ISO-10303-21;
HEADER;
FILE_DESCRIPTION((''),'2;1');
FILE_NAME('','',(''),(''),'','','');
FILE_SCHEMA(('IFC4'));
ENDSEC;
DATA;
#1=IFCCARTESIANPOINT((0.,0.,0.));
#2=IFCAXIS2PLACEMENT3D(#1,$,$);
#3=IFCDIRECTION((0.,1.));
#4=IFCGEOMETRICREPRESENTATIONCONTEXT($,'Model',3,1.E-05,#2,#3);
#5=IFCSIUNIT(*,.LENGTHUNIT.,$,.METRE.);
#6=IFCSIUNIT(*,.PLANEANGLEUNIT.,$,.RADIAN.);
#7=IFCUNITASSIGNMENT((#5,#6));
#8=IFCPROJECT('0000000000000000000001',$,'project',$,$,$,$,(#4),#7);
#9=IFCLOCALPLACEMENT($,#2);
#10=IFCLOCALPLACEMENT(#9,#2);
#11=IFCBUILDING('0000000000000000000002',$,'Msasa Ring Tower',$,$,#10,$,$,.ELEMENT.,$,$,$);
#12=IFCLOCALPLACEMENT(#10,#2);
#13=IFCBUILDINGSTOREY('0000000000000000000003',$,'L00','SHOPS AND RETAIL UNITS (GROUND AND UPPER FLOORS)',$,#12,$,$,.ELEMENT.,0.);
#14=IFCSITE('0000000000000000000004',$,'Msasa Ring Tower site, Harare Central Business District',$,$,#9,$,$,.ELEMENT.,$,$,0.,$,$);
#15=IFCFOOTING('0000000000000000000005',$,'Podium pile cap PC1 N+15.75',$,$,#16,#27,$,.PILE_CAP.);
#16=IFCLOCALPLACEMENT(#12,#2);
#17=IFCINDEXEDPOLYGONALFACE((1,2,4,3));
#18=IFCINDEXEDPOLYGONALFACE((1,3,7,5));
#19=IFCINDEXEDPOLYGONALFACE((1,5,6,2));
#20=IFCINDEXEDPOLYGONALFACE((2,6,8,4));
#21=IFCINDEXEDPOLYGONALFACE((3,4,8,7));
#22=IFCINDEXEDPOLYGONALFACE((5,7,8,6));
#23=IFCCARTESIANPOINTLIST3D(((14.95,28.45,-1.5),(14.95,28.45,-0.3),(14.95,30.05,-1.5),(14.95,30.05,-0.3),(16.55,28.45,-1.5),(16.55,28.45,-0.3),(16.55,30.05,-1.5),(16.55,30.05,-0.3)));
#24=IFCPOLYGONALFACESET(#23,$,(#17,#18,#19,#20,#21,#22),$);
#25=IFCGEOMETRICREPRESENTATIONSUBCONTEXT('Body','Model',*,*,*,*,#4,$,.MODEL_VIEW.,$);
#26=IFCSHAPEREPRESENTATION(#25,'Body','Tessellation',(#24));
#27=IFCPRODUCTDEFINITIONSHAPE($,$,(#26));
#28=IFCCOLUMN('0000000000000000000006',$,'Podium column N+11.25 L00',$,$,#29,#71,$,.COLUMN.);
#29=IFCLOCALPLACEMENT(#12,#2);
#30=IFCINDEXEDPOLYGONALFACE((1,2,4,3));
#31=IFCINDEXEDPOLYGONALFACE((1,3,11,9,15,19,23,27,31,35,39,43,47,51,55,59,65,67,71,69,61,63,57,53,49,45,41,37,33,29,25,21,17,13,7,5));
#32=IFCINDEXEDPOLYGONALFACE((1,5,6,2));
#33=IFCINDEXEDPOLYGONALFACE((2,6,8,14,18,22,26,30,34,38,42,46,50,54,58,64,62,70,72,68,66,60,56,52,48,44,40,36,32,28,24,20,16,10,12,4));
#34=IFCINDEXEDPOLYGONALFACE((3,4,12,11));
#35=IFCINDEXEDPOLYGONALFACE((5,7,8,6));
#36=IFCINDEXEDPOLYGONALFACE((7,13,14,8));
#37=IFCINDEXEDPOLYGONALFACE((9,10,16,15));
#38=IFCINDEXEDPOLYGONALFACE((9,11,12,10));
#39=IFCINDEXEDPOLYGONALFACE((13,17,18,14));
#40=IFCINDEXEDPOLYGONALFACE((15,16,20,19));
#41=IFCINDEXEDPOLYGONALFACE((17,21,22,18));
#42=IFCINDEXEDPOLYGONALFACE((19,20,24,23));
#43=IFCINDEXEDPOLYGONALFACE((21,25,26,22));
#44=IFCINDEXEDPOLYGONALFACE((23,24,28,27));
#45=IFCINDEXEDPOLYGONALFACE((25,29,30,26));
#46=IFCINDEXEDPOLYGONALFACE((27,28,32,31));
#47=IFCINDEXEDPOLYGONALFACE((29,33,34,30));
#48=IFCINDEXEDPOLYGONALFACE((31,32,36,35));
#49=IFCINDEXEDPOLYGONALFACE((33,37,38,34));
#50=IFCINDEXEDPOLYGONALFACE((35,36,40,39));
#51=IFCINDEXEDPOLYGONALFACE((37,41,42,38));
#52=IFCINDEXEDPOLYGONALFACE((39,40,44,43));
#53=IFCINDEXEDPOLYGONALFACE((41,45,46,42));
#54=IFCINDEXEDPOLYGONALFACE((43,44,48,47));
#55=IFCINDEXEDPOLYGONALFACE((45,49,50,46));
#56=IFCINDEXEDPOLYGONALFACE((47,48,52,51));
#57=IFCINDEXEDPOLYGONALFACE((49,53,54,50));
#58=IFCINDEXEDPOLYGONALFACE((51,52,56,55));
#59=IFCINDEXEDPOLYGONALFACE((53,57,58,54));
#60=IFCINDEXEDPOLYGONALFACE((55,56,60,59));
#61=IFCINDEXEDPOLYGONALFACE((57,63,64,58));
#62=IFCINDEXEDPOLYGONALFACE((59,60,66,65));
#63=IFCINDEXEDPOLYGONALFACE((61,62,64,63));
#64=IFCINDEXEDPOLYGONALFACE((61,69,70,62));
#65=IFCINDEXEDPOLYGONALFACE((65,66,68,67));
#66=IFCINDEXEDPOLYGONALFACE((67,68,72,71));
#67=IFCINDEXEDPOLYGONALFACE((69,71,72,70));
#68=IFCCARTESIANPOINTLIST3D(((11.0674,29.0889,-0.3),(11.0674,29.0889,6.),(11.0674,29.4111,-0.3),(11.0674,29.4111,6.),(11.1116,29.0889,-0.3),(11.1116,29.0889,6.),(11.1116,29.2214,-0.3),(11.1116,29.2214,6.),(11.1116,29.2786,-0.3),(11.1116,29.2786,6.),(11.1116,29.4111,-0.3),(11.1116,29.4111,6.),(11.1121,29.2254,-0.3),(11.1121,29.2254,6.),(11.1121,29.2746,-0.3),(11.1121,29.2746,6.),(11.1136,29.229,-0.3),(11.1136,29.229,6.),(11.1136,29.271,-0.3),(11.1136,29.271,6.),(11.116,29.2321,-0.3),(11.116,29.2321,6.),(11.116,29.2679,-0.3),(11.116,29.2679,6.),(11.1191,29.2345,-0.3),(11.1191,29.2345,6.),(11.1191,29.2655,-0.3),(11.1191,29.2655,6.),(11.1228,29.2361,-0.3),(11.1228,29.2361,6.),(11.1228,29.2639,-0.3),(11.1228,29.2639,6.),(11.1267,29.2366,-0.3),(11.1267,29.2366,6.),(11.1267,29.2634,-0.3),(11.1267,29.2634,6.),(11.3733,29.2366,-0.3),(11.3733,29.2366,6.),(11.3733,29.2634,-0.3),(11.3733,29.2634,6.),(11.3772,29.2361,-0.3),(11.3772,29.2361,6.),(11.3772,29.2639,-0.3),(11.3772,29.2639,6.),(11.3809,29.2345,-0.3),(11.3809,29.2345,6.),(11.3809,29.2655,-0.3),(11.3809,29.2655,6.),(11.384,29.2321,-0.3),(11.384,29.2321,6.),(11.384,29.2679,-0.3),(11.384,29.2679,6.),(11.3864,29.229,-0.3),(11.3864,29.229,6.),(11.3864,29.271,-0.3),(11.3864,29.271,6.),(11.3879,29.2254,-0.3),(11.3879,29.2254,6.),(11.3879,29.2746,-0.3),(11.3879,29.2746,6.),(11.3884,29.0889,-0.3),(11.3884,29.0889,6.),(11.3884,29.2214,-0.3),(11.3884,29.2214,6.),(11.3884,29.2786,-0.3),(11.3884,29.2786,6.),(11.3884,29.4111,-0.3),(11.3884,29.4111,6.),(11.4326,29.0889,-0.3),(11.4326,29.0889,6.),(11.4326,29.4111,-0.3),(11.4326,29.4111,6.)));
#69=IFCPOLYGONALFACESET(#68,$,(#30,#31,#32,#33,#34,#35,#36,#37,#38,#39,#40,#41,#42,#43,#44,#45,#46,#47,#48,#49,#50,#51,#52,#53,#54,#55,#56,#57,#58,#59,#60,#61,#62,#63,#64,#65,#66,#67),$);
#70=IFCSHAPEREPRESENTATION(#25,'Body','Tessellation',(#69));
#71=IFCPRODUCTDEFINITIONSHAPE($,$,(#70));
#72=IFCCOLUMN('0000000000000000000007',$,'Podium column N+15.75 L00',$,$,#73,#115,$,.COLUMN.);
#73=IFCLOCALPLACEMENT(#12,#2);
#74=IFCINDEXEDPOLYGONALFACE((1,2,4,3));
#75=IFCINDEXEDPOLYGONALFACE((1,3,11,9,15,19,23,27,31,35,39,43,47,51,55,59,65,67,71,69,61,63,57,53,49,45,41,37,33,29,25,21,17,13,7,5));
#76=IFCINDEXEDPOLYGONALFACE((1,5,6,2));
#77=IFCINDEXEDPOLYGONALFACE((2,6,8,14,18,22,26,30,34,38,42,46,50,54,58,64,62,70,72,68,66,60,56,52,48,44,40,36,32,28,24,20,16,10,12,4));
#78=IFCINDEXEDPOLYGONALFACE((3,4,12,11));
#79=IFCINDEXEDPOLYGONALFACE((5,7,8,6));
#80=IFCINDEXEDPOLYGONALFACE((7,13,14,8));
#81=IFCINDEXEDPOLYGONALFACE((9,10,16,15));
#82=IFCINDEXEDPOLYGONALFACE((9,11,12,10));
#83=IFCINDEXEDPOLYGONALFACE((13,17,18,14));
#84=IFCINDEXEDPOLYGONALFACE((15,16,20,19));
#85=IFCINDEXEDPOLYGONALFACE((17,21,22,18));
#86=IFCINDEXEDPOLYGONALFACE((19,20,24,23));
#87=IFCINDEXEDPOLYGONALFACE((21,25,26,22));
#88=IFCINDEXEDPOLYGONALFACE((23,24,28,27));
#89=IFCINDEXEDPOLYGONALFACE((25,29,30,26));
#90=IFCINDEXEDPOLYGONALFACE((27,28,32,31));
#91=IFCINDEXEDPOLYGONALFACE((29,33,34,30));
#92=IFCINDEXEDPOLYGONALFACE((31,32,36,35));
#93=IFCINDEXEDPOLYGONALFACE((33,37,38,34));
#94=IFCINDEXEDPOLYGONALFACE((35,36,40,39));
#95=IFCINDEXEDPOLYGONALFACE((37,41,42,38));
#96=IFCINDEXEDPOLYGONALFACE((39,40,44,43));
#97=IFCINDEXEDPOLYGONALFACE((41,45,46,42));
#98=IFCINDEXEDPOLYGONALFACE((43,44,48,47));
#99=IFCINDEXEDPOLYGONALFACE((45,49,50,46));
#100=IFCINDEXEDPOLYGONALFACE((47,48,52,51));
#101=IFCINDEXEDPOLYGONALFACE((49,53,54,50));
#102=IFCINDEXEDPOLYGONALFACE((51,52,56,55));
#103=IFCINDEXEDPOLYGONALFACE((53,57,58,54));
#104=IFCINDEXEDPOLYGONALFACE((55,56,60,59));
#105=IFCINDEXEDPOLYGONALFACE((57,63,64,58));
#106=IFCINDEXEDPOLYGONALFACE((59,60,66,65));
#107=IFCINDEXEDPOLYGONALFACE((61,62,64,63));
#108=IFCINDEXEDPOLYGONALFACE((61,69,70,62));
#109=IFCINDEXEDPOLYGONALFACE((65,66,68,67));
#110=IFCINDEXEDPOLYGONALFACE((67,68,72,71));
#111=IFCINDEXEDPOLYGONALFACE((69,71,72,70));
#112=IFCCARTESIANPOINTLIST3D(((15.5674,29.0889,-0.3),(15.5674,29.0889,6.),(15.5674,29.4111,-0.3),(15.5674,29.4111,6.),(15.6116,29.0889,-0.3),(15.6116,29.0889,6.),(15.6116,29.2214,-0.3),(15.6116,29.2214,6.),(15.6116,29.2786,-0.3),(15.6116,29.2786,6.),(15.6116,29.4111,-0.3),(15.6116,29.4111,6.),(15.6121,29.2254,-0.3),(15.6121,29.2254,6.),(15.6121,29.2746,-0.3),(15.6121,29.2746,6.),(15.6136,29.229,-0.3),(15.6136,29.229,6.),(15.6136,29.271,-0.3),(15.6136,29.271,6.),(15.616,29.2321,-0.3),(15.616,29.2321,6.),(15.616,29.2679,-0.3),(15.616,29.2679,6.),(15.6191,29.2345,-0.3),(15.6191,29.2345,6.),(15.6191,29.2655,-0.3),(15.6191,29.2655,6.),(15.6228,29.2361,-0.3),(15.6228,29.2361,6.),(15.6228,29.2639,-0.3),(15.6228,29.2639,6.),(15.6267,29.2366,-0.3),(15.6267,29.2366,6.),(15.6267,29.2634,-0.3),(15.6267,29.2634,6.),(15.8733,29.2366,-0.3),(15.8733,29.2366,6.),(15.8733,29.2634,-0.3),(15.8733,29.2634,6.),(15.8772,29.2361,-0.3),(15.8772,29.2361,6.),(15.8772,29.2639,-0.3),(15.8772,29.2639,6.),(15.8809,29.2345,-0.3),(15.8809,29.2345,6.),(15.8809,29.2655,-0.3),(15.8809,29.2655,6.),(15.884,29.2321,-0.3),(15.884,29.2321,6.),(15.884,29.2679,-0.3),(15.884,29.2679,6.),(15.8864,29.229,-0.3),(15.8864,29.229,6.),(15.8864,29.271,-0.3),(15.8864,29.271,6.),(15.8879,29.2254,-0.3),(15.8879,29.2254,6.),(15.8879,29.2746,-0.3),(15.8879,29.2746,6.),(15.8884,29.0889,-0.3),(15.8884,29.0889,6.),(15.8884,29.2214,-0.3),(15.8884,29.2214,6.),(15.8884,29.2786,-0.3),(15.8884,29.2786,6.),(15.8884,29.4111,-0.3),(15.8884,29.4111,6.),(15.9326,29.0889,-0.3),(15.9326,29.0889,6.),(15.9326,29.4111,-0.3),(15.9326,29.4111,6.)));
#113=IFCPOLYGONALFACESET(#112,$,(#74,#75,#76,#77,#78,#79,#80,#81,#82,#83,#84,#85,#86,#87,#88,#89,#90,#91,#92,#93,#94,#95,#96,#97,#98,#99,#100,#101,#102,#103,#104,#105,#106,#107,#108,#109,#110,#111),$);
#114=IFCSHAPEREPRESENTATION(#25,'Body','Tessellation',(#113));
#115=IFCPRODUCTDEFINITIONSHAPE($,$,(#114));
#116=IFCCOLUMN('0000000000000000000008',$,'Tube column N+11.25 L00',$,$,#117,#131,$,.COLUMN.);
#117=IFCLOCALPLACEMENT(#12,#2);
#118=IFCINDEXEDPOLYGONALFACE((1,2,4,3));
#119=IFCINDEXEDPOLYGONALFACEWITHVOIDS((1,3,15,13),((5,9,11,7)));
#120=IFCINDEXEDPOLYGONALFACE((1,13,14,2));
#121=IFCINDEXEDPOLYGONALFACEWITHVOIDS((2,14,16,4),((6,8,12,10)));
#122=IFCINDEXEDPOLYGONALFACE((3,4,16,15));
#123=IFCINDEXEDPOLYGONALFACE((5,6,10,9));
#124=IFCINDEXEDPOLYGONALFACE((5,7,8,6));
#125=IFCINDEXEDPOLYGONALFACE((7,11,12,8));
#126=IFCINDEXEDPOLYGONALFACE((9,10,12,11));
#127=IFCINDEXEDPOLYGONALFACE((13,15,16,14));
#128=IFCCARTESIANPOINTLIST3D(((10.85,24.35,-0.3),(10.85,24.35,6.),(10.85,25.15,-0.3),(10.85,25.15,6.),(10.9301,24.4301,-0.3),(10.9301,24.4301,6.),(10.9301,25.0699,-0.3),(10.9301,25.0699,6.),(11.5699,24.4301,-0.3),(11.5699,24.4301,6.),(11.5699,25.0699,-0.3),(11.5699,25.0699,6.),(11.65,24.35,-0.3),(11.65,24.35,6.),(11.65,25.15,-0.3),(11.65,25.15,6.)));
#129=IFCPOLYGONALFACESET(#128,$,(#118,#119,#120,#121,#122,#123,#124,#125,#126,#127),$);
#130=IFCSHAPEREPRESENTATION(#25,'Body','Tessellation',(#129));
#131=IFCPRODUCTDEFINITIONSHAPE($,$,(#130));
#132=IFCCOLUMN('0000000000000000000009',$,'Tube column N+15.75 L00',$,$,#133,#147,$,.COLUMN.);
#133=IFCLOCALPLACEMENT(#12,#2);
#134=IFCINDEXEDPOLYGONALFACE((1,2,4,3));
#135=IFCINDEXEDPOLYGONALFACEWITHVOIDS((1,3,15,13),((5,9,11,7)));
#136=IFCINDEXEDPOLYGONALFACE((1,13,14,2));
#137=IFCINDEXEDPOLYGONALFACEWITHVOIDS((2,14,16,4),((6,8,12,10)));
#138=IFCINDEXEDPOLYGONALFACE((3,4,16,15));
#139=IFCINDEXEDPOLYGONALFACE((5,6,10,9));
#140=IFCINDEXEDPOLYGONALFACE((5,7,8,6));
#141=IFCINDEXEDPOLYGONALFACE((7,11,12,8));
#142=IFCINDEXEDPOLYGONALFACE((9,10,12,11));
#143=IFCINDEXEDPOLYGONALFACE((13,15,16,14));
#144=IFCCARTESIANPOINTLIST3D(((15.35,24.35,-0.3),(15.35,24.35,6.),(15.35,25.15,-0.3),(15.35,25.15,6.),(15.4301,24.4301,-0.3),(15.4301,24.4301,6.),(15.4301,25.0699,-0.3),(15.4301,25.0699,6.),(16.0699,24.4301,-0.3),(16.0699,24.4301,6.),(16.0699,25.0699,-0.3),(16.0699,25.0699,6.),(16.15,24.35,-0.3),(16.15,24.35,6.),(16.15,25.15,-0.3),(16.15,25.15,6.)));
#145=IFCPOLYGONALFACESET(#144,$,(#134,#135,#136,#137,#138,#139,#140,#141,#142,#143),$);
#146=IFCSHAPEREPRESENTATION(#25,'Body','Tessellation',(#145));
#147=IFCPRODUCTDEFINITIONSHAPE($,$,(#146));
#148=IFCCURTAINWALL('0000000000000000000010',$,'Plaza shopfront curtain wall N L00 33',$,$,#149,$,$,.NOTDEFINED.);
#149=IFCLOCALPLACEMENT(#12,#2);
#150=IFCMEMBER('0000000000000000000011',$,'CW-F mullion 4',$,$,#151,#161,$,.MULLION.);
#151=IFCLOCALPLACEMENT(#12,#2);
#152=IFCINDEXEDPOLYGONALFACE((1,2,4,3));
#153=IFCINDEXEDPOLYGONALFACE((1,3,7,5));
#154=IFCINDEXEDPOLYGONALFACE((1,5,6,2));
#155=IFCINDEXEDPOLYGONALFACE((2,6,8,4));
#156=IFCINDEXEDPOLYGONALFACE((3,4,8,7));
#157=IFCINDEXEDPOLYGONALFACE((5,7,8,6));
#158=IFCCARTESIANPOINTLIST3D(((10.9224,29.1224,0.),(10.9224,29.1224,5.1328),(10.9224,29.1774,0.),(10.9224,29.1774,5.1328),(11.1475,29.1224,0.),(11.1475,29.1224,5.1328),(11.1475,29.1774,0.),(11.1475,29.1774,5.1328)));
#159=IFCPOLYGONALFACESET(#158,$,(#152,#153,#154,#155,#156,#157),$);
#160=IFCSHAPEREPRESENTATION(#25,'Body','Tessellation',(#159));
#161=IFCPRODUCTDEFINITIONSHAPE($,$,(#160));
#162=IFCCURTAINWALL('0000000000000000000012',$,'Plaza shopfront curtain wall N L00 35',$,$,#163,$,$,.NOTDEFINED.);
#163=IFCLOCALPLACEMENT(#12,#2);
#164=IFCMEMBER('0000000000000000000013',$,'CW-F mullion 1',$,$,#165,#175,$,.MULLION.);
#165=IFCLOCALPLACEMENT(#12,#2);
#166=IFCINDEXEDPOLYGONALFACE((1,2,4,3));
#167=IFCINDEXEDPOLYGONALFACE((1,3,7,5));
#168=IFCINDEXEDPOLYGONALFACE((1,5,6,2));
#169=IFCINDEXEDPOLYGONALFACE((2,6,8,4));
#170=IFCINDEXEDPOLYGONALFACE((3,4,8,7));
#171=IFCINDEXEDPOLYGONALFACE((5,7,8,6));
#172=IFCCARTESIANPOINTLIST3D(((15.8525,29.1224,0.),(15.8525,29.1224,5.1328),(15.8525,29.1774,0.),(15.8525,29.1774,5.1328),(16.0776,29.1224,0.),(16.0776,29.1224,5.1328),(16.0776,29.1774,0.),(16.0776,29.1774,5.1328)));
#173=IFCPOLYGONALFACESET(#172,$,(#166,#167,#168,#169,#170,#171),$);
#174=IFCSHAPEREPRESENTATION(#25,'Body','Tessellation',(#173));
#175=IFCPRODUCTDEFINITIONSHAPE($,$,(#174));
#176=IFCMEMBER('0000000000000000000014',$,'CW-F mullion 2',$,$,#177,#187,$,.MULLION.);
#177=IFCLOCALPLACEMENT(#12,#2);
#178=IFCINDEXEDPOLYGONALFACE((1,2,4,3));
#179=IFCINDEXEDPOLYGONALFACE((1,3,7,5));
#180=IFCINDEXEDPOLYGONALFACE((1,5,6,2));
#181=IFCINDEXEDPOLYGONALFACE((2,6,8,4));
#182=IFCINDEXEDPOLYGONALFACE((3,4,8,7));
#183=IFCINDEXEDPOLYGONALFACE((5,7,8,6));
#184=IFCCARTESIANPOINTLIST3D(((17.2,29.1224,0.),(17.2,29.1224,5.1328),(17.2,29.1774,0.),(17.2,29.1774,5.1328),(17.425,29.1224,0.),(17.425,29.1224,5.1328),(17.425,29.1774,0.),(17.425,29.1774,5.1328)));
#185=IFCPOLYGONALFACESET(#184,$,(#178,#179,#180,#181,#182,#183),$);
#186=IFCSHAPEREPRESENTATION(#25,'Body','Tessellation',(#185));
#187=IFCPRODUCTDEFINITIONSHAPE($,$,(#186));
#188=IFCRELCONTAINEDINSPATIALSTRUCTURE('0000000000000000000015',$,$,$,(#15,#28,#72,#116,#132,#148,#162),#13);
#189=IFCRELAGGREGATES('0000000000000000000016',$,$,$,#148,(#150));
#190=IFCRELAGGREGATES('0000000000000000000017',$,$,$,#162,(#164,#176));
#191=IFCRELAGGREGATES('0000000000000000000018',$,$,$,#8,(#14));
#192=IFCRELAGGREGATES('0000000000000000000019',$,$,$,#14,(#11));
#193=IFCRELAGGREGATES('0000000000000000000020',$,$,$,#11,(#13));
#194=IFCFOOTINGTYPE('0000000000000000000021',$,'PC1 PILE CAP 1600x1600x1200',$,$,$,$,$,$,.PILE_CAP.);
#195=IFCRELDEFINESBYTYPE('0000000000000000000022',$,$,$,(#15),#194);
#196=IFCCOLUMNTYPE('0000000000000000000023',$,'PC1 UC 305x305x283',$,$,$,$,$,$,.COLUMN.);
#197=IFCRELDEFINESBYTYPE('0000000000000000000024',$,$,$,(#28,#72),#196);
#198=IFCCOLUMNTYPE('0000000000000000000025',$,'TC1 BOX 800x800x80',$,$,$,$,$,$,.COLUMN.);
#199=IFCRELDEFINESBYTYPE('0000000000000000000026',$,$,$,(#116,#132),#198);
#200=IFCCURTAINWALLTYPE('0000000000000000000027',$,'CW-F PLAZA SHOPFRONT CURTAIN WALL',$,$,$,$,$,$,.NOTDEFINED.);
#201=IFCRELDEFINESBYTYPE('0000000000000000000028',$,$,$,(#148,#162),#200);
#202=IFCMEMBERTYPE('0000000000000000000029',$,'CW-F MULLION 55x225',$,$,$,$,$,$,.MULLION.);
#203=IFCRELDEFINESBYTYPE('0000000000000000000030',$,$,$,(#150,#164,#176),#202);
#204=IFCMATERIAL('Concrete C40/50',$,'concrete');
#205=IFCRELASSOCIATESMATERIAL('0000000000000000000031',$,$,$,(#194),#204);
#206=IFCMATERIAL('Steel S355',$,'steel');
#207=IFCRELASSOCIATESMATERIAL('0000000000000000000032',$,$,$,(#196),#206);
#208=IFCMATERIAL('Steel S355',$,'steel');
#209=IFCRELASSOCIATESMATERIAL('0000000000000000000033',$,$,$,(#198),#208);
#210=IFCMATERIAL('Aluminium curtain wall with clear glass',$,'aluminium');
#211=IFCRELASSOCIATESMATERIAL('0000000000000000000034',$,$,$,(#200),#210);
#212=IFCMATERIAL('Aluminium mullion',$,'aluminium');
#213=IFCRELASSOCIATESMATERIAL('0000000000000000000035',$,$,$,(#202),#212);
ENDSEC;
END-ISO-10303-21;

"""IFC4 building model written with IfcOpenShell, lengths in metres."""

from ifc_helpers import new_model, si_unit, direction, frame, origin, origin_2d, place, context, subcontext, project, spatial, rectangle, hollow_rectangle, i_section, extrude, material, material_profile, profile_set, type_object, element, aggregate, save


model = new_model("IFC4")

# Units and contexts
model_context = context("Model", 3, precision=1e-05, world=origin(), true_north=direction((0.0, 1.0)))
body_context = subcontext(model_context, "Body", "Model", "MODEL_VIEW")
ifc_project = project(units=[si_unit("LENGTHUNIT", "METRE"), si_unit("PLANEANGLEUNIT", "RADIAN")], contexts=[model_context])

# Site, building, storey
site_placement = place(None, origin())
site = spatial("IfcSite", under=ifc_project, at=site_placement, Name="Msasa Ring Tower site, Harare Central Business District", CompositionType="ELEMENT", RefElevation=0.0)
building_placement = place(site_placement, origin())
building = spatial("IfcBuilding", under=site, at=building_placement, Name="Msasa Ring Tower", CompositionType="ELEMENT")
storey_placement = place(building_placement, origin())
storey = spatial("IfcBuildingStorey", under=building, at=storey_placement, Name="L00", Description="SHOPS AND RETAIL UNITS (GROUND AND UPPER FLOORS)", CompositionType="ELEMENT", Elevation=0.0)

# Footing
ifc_material_1 = material(Name="Concrete C40/50", Category="concrete")
footing_type = type_object("IfcFootingType", Name="PC1 PILE CAP 1600x1600x1200", PredefinedType="PILE_CAP", material=ifc_material_1)
for number, where, z_axis, x_axis, name in (
    (1, (15.75, 29.25, -1.5), (0.0, 0.0, 1.0), (1.0, 0.0, 0.0), "Podium pile cap PC1 N+15.75"),
):
    element("IfcFooting", number, at=place(storey_placement, frame(where, z_axis=z_axis, x_axis=x_axis)), inside=storey, type_object=footing_type, Name=name, PredefinedType="PILE_CAP", context=body_context, shape_type="SweptSolid", body=[
        extrude(rectangle(XDim=1.6001, YDim=1.6001, at=origin_2d()), origin(), (0.0, 0.0, 1.0), 1.2),
    ])

# Columns
ifc_material_2 = material(Name="Steel S355", Category="steel")
ifc_material_profile_1 = material_profile(ifc_material_2, i_section(OverallWidth=0.3223, OverallDepth=0.3652, WebThickness=0.0269, FlangeThickness=0.0442, FilletRadius=0.0151, at=origin_2d()), Name="UC 305x305x283")
ifc_profile_set_1 = profile_set([ifc_material_profile_1], Name="Steel S355")
column_type_1 = type_object("IfcColumnType", Name="PC1 UC 305x305x283", PredefinedType="COLUMN", material=ifc_profile_set_1)
for number, where, z_axis, x_axis, name in (
    (2, (11.25, 29.25, -0.3), (0.0, 0.0, 1.0), (0.0, 1.0, 0.0), "Podium column N+11.25 L00"),
    (3, (15.75, 29.25, -0.3), (0.0, 0.0, 1.0), (0.0, 1.0, 0.0), "Podium column N+15.75 L00"),
):
    element("IfcColumn", number, at=place(storey_placement, frame(where, z_axis=z_axis, x_axis=x_axis)), inside=storey, type_object=column_type_1, Name=name, PredefinedType="COLUMN", context=body_context, shape_type="SweptSolid", body=[
        extrude(i_section(OverallWidth=0.3223, OverallDepth=0.3652, WebThickness=0.0269, FlangeThickness=0.0442, FilletRadius=0.0151, at=origin_2d()), origin(), (0.0, 0.0, 1.0), 6.3),
    ])
ifc_material_3 = material(Name="Steel S355", Category="steel")
ifc_material_profile_2 = material_profile(ifc_material_3, hollow_rectangle(XDim=0.8, YDim=0.8, WallThickness=0.0801, at=origin_2d()), Name="BOX 800x800x80")
ifc_profile_set_2 = profile_set([ifc_material_profile_2], Name="Steel S355")
column_type_2 = type_object("IfcColumnType", Name="TC1 BOX 800x800x80", PredefinedType="COLUMN", material=ifc_profile_set_2)
for number, where, z_axis, x_axis, name in (
    (4, (11.25, 24.75, -0.3), (0.0, 0.0, 1.0), (0.0, 1.0, 0.0), "Tube column N+11.25 L00"),
    (5, (15.75, 24.75, -0.3), (0.0, 0.0, 1.0), (0.0, 1.0, 0.0), "Tube column N+15.75 L00"),
):
    element("IfcColumn", number, at=place(storey_placement, frame(where, z_axis=z_axis, x_axis=x_axis)), inside=storey, type_object=column_type_2, Name=name, PredefinedType="COLUMN", context=body_context, shape_type="SweptSolid", body=[
        extrude(hollow_rectangle(XDim=0.8, YDim=0.8, WallThickness=0.0801, at=origin_2d()), origin(), (0.0, 0.0, 1.0), 6.3),
    ])

# Curtain wall, member
ifc_material_4 = material(Name="Aluminium curtain wall with clear glass", Category="aluminium")
curtain_wall_type = type_object("IfcCurtainWallType", Name="CW-F PLAZA SHOPFRONT CURTAIN WALL", PredefinedType="NOTDEFINED", material=ifc_material_4)
curtain_wall_1_placement = place(storey_placement, origin())
curtain_wall_1 = element("IfcCurtainWall", 6, at=curtain_wall_1_placement, inside=storey, type_object=curtain_wall_type, Name="Plaza shopfront curtain wall N L00 33", PredefinedType="NOTDEFINED")
ifc_material_5 = material(Name="Aluminium mullion", Category="aluminium")
ifc_material_profile_3 = material_profile(ifc_material_5, rectangle(XDim=0.0549, YDim=0.2251, at=origin_2d()), Name="AL 55x225")
ifc_profile_set_3 = profile_set([ifc_material_profile_3], Name="Aluminium mullion")
member_type_1 = type_object("IfcMemberType", Name="CW-F MULLION 55x225", PredefinedType="MULLION", material=ifc_profile_set_3)
member_1_placement = place(storey_placement, frame((11.0349, 29.1499, 0.0), z_axis=(0.0, 0.0, 1.0), x_axis=(0.0, 1.0, 0.0)))
member_1 = element("IfcMember", 7, at=member_1_placement, type_object=member_type_1, Name="CW-F mullion 4", PredefinedType="MULLION", context=body_context, shape_type="SweptSolid", body=[
    extrude(rectangle(XDim=0.0549, YDim=0.2251, at=origin_2d()), origin(), (0.0, 0.0, 1.0), 5.1328),
])

# Curtain wall, members
curtain_wall_2_placement = place(storey_placement, origin())
curtain_wall_2 = element("IfcCurtainWall", 8, at=curtain_wall_2_placement, inside=storey, type_object=curtain_wall_type, Name="Plaza shopfront curtain wall N L00 35", PredefinedType="NOTDEFINED")
member_2_placement = place(storey_placement, frame((15.9651, 29.1499, 0.0), z_axis=(0.0, 0.0, 1.0), x_axis=(0.0, 1.0, 0.0)))
member_2 = element("IfcMember", 9, at=member_2_placement, type_object=member_type_1, Name="CW-F mullion 1", PredefinedType="MULLION", context=body_context, shape_type="SweptSolid", body=[
    extrude(rectangle(XDim=0.0549, YDim=0.2251, at=origin_2d()), origin(), (0.0, 0.0, 1.0), 5.1328),
])
member_3_placement = place(storey_placement, frame((17.3125, 29.1499, 0.0), z_axis=(0.0, 0.0, 1.0), x_axis=(0.0, 1.0, 0.0)))
member_3 = element("IfcMember", 10, at=member_3_placement, type_object=member_type_1, Name="CW-F mullion 2", PredefinedType="MULLION", context=body_context, shape_type="SweptSolid", body=[
    extrude(rectangle(XDim=0.0549, YDim=0.2251, at=origin_2d()), origin(), (0.0, 0.0, 1.0), 5.1328),
])

aggregate(curtain_wall_1, [member_1])
aggregate(curtain_wall_2, [member_2, member_3])

save(model, "model.ifc")
